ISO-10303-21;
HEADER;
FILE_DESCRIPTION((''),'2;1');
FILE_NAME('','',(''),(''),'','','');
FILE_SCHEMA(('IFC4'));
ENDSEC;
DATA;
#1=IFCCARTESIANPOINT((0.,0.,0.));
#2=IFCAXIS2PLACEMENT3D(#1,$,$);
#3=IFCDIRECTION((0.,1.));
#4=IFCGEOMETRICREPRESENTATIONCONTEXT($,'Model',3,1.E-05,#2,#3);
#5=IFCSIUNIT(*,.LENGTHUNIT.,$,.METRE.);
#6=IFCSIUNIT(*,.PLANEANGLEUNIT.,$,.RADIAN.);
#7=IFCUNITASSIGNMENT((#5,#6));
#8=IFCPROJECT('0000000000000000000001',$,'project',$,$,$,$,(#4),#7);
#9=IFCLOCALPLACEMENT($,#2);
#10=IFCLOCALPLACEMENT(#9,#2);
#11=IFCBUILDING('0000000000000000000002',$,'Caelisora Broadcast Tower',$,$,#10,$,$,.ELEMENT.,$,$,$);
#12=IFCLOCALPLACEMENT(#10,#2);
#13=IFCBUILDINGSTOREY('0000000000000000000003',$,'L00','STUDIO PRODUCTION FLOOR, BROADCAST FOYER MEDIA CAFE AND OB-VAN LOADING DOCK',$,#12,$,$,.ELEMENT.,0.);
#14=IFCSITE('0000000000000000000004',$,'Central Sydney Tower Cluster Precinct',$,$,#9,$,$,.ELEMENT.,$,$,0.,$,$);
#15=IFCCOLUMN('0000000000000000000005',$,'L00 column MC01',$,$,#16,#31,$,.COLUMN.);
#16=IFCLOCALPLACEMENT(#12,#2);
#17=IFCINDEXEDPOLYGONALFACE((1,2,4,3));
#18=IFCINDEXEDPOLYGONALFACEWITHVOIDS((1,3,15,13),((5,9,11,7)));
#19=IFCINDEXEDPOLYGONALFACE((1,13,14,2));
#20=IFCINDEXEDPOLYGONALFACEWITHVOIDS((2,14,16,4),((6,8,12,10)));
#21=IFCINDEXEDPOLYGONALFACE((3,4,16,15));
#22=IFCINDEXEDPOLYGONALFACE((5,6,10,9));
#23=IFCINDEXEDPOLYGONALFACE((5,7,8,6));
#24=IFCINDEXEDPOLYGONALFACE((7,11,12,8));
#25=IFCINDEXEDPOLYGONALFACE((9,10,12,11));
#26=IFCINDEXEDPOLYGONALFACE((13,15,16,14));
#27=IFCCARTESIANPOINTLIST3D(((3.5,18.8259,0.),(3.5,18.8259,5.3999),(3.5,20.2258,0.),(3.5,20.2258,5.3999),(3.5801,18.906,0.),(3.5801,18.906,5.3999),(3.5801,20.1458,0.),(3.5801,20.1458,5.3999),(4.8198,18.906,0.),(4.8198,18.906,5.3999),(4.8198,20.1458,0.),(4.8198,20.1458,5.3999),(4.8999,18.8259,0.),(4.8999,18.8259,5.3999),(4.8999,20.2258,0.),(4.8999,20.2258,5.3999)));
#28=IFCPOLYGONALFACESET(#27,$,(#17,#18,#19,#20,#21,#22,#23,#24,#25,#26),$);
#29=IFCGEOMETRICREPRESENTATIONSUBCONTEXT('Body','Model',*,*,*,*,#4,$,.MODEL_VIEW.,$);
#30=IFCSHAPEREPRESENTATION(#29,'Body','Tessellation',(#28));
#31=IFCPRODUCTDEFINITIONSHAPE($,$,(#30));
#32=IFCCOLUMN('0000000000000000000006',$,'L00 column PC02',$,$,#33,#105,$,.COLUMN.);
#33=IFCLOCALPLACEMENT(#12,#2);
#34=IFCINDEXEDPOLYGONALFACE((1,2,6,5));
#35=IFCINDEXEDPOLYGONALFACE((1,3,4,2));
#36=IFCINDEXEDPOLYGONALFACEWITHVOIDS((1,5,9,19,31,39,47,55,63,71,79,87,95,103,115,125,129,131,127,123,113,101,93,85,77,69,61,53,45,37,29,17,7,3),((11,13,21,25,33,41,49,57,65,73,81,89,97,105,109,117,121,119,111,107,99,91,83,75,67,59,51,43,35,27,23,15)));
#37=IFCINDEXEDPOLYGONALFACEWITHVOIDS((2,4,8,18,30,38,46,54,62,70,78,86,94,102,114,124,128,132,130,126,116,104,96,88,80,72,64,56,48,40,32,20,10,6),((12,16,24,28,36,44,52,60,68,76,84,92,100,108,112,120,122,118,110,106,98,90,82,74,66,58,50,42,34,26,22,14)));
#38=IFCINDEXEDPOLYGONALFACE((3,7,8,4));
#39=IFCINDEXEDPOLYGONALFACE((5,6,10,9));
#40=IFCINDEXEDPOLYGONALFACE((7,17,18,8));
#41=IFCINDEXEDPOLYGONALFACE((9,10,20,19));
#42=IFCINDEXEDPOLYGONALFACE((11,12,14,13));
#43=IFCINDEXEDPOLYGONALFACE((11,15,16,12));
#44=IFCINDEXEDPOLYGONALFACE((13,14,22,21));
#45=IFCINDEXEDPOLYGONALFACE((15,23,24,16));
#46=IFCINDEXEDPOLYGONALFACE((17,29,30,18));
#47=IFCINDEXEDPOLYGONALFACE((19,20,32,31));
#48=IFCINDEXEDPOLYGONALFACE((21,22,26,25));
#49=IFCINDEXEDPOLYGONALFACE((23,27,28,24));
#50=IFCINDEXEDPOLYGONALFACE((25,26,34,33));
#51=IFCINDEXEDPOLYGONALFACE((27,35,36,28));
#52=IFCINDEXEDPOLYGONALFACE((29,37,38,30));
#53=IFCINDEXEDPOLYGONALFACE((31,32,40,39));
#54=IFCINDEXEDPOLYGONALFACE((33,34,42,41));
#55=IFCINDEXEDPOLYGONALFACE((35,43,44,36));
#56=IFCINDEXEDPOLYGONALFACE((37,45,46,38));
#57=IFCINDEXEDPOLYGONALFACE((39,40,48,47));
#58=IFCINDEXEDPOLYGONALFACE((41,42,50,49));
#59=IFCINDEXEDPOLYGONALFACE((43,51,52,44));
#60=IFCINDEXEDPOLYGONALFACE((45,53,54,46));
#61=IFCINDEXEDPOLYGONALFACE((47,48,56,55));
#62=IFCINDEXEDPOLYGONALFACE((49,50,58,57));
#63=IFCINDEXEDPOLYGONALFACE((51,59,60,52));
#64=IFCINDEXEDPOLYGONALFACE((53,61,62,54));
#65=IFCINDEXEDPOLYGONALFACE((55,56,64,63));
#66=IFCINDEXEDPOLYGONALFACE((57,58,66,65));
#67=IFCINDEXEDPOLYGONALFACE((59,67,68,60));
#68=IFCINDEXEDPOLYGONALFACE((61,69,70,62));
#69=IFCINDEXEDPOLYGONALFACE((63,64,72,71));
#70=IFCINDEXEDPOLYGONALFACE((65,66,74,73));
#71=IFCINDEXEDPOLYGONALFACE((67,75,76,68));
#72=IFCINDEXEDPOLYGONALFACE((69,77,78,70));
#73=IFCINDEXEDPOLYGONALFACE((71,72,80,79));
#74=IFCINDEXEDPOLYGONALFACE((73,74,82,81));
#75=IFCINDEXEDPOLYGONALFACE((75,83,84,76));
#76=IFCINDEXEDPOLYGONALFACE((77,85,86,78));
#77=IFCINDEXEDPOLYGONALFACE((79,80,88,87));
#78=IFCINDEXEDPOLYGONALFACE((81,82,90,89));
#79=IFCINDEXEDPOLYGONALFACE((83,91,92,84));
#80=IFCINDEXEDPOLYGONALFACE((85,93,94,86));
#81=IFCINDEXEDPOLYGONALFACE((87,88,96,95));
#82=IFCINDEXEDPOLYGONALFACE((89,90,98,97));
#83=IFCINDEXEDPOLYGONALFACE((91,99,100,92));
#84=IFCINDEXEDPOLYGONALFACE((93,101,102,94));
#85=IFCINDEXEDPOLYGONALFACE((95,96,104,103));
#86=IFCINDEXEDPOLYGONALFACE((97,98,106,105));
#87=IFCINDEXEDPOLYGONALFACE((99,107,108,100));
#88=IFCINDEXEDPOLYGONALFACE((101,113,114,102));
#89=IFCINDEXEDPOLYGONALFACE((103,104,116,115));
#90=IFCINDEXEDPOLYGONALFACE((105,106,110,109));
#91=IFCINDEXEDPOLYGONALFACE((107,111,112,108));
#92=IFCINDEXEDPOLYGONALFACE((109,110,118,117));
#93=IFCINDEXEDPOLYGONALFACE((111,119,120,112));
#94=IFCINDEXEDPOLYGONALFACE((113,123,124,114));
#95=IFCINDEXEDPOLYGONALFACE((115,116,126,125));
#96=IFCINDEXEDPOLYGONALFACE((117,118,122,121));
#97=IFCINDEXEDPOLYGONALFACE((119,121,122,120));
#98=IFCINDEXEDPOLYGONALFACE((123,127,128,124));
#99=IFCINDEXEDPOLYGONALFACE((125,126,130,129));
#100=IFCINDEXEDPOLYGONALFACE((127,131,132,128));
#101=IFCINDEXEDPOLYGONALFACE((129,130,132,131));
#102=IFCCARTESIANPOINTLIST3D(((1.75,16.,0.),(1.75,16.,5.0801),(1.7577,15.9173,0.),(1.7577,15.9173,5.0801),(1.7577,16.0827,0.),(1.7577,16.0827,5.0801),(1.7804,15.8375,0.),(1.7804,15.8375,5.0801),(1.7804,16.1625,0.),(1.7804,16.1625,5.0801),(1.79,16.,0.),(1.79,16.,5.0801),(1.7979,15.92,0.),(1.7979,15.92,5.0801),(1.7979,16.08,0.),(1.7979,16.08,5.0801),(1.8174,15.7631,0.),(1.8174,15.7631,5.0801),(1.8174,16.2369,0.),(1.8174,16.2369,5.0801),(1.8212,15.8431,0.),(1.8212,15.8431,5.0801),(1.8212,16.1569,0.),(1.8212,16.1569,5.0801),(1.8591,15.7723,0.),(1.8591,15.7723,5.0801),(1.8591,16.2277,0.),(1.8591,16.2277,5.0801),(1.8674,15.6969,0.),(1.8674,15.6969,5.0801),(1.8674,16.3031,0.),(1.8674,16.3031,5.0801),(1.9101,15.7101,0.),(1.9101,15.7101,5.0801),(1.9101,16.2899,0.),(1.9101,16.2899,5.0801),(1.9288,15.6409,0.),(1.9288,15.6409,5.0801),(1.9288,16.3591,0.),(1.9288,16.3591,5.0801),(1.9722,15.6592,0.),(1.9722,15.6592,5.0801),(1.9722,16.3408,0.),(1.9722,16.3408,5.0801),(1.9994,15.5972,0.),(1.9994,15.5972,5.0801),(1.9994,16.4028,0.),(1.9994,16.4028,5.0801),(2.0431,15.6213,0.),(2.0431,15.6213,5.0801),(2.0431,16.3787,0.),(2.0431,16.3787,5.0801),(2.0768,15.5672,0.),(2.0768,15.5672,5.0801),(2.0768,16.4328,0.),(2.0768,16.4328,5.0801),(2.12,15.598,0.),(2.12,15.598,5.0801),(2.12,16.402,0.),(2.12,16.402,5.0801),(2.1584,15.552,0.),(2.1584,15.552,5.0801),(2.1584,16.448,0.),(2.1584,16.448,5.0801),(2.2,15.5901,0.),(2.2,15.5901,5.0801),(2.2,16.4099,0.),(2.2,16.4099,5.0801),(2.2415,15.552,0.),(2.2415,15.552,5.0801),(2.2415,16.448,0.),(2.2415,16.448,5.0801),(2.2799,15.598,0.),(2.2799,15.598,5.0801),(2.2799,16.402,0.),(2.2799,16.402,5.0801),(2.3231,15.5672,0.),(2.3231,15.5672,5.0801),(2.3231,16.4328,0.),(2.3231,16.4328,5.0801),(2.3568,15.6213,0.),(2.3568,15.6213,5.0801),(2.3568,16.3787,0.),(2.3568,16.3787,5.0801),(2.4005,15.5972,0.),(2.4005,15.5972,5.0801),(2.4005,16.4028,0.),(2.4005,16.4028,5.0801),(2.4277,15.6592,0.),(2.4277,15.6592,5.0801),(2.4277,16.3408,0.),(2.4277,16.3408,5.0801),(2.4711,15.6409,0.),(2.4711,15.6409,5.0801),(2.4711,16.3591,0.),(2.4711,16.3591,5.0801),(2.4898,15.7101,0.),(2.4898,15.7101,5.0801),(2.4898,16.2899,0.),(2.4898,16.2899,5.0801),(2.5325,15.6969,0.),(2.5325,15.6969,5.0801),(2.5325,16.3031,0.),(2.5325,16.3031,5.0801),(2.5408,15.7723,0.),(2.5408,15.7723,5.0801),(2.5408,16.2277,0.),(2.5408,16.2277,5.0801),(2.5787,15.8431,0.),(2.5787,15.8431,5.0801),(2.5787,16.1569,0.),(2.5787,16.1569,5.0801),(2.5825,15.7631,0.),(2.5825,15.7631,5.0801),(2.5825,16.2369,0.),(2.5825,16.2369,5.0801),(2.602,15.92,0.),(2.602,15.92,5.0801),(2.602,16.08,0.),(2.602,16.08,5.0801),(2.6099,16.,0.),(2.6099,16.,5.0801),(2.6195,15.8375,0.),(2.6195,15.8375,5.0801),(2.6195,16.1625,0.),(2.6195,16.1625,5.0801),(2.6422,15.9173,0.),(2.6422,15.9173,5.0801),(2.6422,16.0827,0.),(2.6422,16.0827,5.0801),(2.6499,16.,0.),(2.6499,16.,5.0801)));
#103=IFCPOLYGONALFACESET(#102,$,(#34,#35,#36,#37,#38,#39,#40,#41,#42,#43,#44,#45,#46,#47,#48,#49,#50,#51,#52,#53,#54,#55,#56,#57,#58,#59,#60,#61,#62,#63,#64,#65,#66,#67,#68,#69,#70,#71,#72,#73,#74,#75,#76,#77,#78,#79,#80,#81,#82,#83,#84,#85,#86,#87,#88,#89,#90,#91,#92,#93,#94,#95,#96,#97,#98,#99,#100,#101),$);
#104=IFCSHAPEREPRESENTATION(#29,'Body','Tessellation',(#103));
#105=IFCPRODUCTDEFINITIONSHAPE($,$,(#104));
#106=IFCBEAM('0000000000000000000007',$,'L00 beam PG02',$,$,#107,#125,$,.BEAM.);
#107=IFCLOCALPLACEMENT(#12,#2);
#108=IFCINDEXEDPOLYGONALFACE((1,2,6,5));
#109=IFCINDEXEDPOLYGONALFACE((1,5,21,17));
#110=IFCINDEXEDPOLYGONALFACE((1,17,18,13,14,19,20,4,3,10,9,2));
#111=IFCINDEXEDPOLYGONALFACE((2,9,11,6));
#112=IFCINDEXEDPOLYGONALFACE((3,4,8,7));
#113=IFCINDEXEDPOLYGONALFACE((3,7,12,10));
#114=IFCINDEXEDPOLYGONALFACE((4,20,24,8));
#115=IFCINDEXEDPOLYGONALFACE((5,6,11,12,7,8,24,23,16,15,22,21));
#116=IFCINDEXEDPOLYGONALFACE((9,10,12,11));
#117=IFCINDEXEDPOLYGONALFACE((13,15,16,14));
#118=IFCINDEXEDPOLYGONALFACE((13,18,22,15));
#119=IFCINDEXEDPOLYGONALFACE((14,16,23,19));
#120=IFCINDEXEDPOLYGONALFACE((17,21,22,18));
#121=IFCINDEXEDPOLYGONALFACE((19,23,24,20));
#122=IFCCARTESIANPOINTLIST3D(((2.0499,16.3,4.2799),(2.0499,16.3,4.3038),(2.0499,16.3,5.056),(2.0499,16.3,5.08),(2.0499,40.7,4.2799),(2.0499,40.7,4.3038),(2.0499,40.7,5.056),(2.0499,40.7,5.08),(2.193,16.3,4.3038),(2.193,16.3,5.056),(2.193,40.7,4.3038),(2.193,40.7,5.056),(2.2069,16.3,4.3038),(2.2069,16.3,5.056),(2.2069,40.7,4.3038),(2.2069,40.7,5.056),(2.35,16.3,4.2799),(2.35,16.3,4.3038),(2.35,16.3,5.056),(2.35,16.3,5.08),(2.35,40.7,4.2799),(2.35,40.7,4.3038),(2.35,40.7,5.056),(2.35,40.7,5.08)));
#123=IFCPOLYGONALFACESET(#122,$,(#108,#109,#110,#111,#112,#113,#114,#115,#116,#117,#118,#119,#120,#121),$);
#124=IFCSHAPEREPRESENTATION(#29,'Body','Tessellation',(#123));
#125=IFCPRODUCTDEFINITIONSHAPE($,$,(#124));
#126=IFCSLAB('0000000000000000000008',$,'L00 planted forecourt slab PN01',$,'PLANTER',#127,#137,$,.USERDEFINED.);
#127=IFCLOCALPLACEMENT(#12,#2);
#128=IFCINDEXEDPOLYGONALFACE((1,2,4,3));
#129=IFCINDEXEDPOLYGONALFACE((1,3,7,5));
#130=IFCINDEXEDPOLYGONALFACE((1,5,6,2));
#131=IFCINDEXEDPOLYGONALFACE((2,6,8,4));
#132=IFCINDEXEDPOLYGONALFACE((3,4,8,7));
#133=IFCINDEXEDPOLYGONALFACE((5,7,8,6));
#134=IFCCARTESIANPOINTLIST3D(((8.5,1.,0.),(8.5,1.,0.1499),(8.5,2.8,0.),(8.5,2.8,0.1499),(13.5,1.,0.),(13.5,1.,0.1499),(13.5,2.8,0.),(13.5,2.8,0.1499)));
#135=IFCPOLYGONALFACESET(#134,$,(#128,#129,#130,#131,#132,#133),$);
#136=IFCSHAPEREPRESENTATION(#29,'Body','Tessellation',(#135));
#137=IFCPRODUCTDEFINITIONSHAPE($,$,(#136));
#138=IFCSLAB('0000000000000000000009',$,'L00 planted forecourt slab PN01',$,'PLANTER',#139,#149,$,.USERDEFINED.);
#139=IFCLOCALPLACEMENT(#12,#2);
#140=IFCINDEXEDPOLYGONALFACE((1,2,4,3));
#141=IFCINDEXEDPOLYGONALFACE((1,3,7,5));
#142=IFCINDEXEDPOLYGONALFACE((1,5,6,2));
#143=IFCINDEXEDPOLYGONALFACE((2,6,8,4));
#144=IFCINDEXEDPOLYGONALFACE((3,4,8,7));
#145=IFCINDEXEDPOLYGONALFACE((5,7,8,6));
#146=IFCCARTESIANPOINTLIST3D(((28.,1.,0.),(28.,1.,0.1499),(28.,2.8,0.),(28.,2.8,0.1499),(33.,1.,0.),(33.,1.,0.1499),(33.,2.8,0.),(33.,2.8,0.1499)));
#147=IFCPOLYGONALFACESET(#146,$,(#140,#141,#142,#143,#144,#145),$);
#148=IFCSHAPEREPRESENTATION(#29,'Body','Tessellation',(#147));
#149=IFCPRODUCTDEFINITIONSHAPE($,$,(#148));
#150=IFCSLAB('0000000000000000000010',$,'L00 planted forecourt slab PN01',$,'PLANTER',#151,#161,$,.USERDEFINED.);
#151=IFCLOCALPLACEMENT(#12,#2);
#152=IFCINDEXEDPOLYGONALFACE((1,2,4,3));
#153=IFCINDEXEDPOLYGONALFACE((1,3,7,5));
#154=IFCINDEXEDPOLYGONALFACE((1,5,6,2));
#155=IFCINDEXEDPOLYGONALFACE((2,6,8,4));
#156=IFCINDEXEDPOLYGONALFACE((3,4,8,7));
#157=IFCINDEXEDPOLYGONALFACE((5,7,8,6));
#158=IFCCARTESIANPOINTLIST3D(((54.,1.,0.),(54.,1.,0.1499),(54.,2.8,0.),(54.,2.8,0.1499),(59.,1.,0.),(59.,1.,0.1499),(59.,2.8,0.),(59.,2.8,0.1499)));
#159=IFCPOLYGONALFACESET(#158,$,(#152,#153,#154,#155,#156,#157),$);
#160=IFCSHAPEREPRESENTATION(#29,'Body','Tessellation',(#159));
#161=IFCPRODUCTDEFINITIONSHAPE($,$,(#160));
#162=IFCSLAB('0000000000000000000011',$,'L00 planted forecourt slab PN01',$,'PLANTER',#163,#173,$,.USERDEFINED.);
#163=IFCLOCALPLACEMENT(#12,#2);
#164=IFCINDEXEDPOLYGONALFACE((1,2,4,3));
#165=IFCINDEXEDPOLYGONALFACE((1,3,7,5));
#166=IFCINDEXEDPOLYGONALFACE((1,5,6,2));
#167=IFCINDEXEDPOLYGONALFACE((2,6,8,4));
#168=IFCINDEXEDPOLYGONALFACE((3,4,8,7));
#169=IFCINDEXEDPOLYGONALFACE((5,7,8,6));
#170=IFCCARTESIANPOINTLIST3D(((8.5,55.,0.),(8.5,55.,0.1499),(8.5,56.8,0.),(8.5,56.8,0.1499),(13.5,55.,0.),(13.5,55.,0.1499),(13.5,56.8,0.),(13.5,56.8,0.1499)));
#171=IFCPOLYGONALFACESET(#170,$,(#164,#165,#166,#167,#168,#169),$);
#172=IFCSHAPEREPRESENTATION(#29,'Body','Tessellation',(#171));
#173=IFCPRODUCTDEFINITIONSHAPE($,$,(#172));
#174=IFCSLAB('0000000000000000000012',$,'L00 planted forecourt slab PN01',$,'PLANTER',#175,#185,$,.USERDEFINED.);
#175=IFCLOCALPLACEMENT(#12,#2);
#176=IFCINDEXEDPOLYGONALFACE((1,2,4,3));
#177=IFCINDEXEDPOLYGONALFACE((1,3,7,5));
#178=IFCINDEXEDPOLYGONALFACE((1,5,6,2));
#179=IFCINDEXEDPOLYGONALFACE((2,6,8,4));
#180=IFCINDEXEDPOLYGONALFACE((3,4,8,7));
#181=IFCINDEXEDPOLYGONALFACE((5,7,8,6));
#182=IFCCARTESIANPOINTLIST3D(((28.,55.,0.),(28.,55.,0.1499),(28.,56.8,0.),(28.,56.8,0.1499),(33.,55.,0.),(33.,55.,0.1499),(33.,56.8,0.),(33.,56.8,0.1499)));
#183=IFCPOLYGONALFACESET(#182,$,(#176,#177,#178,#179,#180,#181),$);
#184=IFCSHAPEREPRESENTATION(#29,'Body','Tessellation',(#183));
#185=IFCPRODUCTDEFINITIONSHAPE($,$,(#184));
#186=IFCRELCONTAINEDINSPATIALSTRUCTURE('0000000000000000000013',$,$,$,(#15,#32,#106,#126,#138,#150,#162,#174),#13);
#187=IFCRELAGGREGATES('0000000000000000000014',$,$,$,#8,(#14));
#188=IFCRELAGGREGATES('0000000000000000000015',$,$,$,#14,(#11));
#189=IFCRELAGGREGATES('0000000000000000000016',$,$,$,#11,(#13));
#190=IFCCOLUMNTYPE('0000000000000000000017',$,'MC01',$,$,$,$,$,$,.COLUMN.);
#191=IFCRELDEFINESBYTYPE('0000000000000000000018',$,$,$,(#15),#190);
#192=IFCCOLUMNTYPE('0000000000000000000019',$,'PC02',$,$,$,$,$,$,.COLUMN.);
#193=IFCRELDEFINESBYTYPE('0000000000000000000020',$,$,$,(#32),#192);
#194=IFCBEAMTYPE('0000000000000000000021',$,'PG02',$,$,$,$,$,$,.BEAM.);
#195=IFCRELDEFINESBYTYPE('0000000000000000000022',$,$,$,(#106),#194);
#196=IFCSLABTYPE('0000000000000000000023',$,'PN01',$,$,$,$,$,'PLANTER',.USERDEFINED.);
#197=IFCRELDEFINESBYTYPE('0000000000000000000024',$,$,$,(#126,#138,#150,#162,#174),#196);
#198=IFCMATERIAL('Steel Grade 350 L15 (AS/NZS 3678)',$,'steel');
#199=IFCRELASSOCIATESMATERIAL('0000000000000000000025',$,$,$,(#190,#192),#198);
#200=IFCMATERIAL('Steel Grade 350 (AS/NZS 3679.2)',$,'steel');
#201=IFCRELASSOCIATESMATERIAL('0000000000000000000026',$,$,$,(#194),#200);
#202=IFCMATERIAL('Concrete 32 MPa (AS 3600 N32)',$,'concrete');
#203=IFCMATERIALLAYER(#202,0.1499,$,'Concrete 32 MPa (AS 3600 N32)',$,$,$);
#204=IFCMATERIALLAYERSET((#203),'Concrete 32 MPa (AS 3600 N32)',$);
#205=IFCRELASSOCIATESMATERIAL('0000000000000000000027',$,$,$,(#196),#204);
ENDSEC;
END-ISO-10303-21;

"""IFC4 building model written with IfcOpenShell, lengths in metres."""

from ifc_helpers import new_model, si_unit, direction, frame, origin, origin_2d, place, context, subcontext, project, spatial, polyline, hollow_rectangle, hollow_circle, i_section, outline, extrude, source, transform, mapped, material, layer, layer_set, material_profile, profile_set, type_object, type_shapes, element, save


model = new_model("IFC4")

# Units and contexts
model_context = context("Model", 3, precision=1e-05, world=origin(), true_north=direction((0.0, 1.0)))
body_context = subcontext(model_context, "Body", "Model", "MODEL_VIEW")
ifc_project = project(units=[si_unit("LENGTHUNIT", "METRE"), si_unit("PLANEANGLEUNIT", "RADIAN")], contexts=[model_context])

# Site, building, storey
site_placement = place(None, origin())
site = spatial("IfcSite", under=ifc_project, at=site_placement, Name="Central Sydney Tower Cluster Precinct", CompositionType="ELEMENT", RefElevation=0.0)
building_placement = place(site_placement, origin())
building = spatial("IfcBuilding", under=site, at=building_placement, Name="Caelisora Broadcast Tower", CompositionType="ELEMENT")
storey_placement = place(building_placement, origin())
storey = spatial("IfcBuildingStorey", under=building, at=storey_placement, Name="L00", Description="STUDIO PRODUCTION FLOOR, BROADCAST FOYER MEDIA CAFE AND OB-VAN LOADING DOCK", CompositionType="ELEMENT", Elevation=0.0)

# Columns
ifc_material_1 = material(Name="Steel Grade 350 L15 (AS/NZS 3678)", Category="steel")
ifc_material_profile_1 = material_profile(ifc_material_1, hollow_rectangle(XDim=1.3999, YDim=1.3999, WallThickness=0.0801, at=origin_2d()), Name="Steel Grade 350 L15 (AS/NZS 3678)")
ifc_profile_set_1 = profile_set([ifc_material_profile_1], Name="Steel Grade 350 L15 (AS/NZS 3678)")
column_type_1 = type_object("IfcColumnType", Name="MC01", PredefinedType="COLUMN", material=ifc_profile_set_1)
shared_shape_1 = source(origin(), body_context, "Body", "SweptSolid", [
    extrude(hollow_rectangle(XDim=1.3999, YDim=1.3999, WallThickness=0.0801, at=origin_2d()), origin(), (0.0, 0.0, 1.0), 5.3999),
])
type_shapes(column_type_1, [shared_shape_1])
column_1_placement = place(storey_placement, frame((4.2, 19.5259, 0.0), z_axis=(0.0, 0.0, 1.0), x_axis=(1.0, 0.0, 0.0)))
element("IfcColumn", 1, at=column_1_placement, inside=storey, type_object=column_type_1, Name="L00 column MC01", PredefinedType="COLUMN", context=body_context, shape_type="MappedRepresentation", body=[
    mapped(shared_shape_1, transform((0.0, 0.0, 0.0), scale=1.0)),
])
ifc_material_profile_2 = material_profile(ifc_material_1, hollow_circle(Radius=0.45, WallThickness=0.04, at=origin_2d()), Name="Steel Grade 350 L15 (AS/NZS 3678)")
ifc_profile_set_2 = profile_set([ifc_material_profile_2], Name="Steel Grade 350 L15 (AS/NZS 3678)")
column_type_2 = type_object("IfcColumnType", Name="PC02", PredefinedType="COLUMN", material=ifc_profile_set_2)
shared_shape_2 = source(origin(), body_context, "Body", "SweptSolid", [
    extrude(hollow_circle(Radius=0.45, WallThickness=0.04, at=origin_2d()), origin(), (0.0, 0.0, 1.0), 5.0801),
])
type_shapes(column_type_2, [shared_shape_2])
column_2_placement = place(storey_placement, frame((2.2, 16.0, 0.0), z_axis=(0.0, 0.0, 1.0), x_axis=(1.0, 0.0, 0.0)))
element("IfcColumn", 2, at=column_2_placement, inside=storey, type_object=column_type_2, Name="L00 column PC02", PredefinedType="COLUMN", context=body_context, shape_type="MappedRepresentation", body=[
    mapped(shared_shape_2, transform((0.0, 0.0, 0.0), scale=1.0)),
])

# Beam
ifc_material_2 = material(Name="Steel Grade 350 (AS/NZS 3679.2)", Category="steel")
ifc_material_profile_3 = material_profile(ifc_material_2, i_section(OverallWidth=0.3, OverallDepth=0.8, WebThickness=0.0139, FlangeThickness=0.0239, at=origin_2d()), Name="Steel Grade 350 (AS/NZS 3679.2)")
ifc_profile_set_3 = profile_set([ifc_material_profile_3], Name="Steel Grade 350 (AS/NZS 3679.2)")
beam_type = type_object("IfcBeamType", Name="PG02", PredefinedType="BEAM", material=ifc_profile_set_3)
shared_shape_3 = source(origin(), body_context, "Body", "SweptSolid", [
    extrude(i_section(OverallWidth=0.3, OverallDepth=0.8, WebThickness=0.0139, FlangeThickness=0.0239, at=origin_2d()), origin(), (0.0, 0.0, 1.0), 24.3999),
])
type_shapes(beam_type, [shared_shape_3])
beam_placement = place(storey_placement, frame((2.2, 16.3, 4.6799), z_axis=(0.0, 1.0, 0.0), x_axis=(-1.0, 0.0, 0.0)))
element("IfcBeam", 3, at=beam_placement, inside=storey, type_object=beam_type, Name="L00 beam PG02", PredefinedType="BEAM", context=body_context, shape_type="MappedRepresentation", body=[
    mapped(shared_shape_3, transform((0.0, 0.0, 0.0), scale=1.0)),
])

# Slabs
ifc_material_3 = material(Name="Concrete 32 MPa (AS 3600 N32)", Category="concrete")
ifc_layer_1 = layer(ifc_material_3, 0.1499, Name="Concrete 32 MPa (AS 3600 N32)")
ifc_layer_set_1 = layer_set([ifc_layer_1], Name="Concrete 32 MPa (AS 3600 N32)")
slab_type_1 = type_object("IfcSlabType", Name="PN01", ElementType="PLANTER", PredefinedType="USERDEFINED", material=ifc_layer_set_1)
slab_1_placement = place(storey_placement, origin())
element("IfcSlab", 4, at=slab_1_placement, inside=storey, type_object=slab_type_1, Name="L00 planted forecourt slab PN01", ObjectType="PLANTER", PredefinedType="USERDEFINED", context=body_context, shape_type="SweptSolid", body=[
    extrude(outline(polyline([(8.5, 1.0), (13.5, 1.0), (13.5, 2.8), (8.5, 2.8), (8.5, 1.0)])), origin(), (0.0, 0.0, 1.0), 0.1499),
])
slab_2_placement = place(storey_placement, origin())
element("IfcSlab", 5, at=slab_2_placement, inside=storey, type_object=slab_type_1, Name="L00 planted forecourt slab PN01", ObjectType="PLANTER", PredefinedType="USERDEFINED", context=body_context, shape_type="SweptSolid", body=[
    extrude(outline(polyline([(28.0, 1.0), (33.0, 1.0), (33.0, 2.8), (28.0, 2.8), (28.0, 1.0)])), origin(), (0.0, 0.0, 1.0), 0.1499),
])
slab_3_placement = place(storey_placement, origin())
element("IfcSlab", 6, at=slab_3_placement, inside=storey, type_object=slab_type_1, Name="L00 planted forecourt slab PN01", ObjectType="PLANTER", PredefinedType="USERDEFINED", context=body_context, shape_type="SweptSolid", body=[
    extrude(outline(polyline([(54.0, 1.0), (59.0, 1.0), (59.0, 2.8), (54.0, 2.8), (54.0, 1.0)])), origin(), (0.0, 0.0, 1.0), 0.1499),
])
slab_4_placement = place(storey_placement, origin())
element("IfcSlab", 7, at=slab_4_placement, inside=storey, type_object=slab_type_1, Name="L00 planted forecourt slab PN01", ObjectType="PLANTER", PredefinedType="USERDEFINED", context=body_context, shape_type="SweptSolid", body=[
    extrude(outline(polyline([(8.5, 55.0), (13.5, 55.0), (13.5, 56.8), (8.5, 56.8), (8.5, 55.0)])), origin(), (0.0, 0.0, 1.0), 0.1499),
])
slab_5_placement = place(storey_placement, origin())
element("IfcSlab", 8, at=slab_5_placement, inside=storey, type_object=slab_type_1, Name="L00 planted forecourt slab PN01", ObjectType="PLANTER", PredefinedType="USERDEFINED", context=body_context, shape_type="SweptSolid", body=[
    extrude(outline(polyline([(28.0, 55.0), (33.0, 55.0), (33.0, 56.8), (28.0, 56.8), (28.0, 55.0)])), origin(), (0.0, 0.0, 1.0), 0.1499),
])

save(model, "model.ifc")
